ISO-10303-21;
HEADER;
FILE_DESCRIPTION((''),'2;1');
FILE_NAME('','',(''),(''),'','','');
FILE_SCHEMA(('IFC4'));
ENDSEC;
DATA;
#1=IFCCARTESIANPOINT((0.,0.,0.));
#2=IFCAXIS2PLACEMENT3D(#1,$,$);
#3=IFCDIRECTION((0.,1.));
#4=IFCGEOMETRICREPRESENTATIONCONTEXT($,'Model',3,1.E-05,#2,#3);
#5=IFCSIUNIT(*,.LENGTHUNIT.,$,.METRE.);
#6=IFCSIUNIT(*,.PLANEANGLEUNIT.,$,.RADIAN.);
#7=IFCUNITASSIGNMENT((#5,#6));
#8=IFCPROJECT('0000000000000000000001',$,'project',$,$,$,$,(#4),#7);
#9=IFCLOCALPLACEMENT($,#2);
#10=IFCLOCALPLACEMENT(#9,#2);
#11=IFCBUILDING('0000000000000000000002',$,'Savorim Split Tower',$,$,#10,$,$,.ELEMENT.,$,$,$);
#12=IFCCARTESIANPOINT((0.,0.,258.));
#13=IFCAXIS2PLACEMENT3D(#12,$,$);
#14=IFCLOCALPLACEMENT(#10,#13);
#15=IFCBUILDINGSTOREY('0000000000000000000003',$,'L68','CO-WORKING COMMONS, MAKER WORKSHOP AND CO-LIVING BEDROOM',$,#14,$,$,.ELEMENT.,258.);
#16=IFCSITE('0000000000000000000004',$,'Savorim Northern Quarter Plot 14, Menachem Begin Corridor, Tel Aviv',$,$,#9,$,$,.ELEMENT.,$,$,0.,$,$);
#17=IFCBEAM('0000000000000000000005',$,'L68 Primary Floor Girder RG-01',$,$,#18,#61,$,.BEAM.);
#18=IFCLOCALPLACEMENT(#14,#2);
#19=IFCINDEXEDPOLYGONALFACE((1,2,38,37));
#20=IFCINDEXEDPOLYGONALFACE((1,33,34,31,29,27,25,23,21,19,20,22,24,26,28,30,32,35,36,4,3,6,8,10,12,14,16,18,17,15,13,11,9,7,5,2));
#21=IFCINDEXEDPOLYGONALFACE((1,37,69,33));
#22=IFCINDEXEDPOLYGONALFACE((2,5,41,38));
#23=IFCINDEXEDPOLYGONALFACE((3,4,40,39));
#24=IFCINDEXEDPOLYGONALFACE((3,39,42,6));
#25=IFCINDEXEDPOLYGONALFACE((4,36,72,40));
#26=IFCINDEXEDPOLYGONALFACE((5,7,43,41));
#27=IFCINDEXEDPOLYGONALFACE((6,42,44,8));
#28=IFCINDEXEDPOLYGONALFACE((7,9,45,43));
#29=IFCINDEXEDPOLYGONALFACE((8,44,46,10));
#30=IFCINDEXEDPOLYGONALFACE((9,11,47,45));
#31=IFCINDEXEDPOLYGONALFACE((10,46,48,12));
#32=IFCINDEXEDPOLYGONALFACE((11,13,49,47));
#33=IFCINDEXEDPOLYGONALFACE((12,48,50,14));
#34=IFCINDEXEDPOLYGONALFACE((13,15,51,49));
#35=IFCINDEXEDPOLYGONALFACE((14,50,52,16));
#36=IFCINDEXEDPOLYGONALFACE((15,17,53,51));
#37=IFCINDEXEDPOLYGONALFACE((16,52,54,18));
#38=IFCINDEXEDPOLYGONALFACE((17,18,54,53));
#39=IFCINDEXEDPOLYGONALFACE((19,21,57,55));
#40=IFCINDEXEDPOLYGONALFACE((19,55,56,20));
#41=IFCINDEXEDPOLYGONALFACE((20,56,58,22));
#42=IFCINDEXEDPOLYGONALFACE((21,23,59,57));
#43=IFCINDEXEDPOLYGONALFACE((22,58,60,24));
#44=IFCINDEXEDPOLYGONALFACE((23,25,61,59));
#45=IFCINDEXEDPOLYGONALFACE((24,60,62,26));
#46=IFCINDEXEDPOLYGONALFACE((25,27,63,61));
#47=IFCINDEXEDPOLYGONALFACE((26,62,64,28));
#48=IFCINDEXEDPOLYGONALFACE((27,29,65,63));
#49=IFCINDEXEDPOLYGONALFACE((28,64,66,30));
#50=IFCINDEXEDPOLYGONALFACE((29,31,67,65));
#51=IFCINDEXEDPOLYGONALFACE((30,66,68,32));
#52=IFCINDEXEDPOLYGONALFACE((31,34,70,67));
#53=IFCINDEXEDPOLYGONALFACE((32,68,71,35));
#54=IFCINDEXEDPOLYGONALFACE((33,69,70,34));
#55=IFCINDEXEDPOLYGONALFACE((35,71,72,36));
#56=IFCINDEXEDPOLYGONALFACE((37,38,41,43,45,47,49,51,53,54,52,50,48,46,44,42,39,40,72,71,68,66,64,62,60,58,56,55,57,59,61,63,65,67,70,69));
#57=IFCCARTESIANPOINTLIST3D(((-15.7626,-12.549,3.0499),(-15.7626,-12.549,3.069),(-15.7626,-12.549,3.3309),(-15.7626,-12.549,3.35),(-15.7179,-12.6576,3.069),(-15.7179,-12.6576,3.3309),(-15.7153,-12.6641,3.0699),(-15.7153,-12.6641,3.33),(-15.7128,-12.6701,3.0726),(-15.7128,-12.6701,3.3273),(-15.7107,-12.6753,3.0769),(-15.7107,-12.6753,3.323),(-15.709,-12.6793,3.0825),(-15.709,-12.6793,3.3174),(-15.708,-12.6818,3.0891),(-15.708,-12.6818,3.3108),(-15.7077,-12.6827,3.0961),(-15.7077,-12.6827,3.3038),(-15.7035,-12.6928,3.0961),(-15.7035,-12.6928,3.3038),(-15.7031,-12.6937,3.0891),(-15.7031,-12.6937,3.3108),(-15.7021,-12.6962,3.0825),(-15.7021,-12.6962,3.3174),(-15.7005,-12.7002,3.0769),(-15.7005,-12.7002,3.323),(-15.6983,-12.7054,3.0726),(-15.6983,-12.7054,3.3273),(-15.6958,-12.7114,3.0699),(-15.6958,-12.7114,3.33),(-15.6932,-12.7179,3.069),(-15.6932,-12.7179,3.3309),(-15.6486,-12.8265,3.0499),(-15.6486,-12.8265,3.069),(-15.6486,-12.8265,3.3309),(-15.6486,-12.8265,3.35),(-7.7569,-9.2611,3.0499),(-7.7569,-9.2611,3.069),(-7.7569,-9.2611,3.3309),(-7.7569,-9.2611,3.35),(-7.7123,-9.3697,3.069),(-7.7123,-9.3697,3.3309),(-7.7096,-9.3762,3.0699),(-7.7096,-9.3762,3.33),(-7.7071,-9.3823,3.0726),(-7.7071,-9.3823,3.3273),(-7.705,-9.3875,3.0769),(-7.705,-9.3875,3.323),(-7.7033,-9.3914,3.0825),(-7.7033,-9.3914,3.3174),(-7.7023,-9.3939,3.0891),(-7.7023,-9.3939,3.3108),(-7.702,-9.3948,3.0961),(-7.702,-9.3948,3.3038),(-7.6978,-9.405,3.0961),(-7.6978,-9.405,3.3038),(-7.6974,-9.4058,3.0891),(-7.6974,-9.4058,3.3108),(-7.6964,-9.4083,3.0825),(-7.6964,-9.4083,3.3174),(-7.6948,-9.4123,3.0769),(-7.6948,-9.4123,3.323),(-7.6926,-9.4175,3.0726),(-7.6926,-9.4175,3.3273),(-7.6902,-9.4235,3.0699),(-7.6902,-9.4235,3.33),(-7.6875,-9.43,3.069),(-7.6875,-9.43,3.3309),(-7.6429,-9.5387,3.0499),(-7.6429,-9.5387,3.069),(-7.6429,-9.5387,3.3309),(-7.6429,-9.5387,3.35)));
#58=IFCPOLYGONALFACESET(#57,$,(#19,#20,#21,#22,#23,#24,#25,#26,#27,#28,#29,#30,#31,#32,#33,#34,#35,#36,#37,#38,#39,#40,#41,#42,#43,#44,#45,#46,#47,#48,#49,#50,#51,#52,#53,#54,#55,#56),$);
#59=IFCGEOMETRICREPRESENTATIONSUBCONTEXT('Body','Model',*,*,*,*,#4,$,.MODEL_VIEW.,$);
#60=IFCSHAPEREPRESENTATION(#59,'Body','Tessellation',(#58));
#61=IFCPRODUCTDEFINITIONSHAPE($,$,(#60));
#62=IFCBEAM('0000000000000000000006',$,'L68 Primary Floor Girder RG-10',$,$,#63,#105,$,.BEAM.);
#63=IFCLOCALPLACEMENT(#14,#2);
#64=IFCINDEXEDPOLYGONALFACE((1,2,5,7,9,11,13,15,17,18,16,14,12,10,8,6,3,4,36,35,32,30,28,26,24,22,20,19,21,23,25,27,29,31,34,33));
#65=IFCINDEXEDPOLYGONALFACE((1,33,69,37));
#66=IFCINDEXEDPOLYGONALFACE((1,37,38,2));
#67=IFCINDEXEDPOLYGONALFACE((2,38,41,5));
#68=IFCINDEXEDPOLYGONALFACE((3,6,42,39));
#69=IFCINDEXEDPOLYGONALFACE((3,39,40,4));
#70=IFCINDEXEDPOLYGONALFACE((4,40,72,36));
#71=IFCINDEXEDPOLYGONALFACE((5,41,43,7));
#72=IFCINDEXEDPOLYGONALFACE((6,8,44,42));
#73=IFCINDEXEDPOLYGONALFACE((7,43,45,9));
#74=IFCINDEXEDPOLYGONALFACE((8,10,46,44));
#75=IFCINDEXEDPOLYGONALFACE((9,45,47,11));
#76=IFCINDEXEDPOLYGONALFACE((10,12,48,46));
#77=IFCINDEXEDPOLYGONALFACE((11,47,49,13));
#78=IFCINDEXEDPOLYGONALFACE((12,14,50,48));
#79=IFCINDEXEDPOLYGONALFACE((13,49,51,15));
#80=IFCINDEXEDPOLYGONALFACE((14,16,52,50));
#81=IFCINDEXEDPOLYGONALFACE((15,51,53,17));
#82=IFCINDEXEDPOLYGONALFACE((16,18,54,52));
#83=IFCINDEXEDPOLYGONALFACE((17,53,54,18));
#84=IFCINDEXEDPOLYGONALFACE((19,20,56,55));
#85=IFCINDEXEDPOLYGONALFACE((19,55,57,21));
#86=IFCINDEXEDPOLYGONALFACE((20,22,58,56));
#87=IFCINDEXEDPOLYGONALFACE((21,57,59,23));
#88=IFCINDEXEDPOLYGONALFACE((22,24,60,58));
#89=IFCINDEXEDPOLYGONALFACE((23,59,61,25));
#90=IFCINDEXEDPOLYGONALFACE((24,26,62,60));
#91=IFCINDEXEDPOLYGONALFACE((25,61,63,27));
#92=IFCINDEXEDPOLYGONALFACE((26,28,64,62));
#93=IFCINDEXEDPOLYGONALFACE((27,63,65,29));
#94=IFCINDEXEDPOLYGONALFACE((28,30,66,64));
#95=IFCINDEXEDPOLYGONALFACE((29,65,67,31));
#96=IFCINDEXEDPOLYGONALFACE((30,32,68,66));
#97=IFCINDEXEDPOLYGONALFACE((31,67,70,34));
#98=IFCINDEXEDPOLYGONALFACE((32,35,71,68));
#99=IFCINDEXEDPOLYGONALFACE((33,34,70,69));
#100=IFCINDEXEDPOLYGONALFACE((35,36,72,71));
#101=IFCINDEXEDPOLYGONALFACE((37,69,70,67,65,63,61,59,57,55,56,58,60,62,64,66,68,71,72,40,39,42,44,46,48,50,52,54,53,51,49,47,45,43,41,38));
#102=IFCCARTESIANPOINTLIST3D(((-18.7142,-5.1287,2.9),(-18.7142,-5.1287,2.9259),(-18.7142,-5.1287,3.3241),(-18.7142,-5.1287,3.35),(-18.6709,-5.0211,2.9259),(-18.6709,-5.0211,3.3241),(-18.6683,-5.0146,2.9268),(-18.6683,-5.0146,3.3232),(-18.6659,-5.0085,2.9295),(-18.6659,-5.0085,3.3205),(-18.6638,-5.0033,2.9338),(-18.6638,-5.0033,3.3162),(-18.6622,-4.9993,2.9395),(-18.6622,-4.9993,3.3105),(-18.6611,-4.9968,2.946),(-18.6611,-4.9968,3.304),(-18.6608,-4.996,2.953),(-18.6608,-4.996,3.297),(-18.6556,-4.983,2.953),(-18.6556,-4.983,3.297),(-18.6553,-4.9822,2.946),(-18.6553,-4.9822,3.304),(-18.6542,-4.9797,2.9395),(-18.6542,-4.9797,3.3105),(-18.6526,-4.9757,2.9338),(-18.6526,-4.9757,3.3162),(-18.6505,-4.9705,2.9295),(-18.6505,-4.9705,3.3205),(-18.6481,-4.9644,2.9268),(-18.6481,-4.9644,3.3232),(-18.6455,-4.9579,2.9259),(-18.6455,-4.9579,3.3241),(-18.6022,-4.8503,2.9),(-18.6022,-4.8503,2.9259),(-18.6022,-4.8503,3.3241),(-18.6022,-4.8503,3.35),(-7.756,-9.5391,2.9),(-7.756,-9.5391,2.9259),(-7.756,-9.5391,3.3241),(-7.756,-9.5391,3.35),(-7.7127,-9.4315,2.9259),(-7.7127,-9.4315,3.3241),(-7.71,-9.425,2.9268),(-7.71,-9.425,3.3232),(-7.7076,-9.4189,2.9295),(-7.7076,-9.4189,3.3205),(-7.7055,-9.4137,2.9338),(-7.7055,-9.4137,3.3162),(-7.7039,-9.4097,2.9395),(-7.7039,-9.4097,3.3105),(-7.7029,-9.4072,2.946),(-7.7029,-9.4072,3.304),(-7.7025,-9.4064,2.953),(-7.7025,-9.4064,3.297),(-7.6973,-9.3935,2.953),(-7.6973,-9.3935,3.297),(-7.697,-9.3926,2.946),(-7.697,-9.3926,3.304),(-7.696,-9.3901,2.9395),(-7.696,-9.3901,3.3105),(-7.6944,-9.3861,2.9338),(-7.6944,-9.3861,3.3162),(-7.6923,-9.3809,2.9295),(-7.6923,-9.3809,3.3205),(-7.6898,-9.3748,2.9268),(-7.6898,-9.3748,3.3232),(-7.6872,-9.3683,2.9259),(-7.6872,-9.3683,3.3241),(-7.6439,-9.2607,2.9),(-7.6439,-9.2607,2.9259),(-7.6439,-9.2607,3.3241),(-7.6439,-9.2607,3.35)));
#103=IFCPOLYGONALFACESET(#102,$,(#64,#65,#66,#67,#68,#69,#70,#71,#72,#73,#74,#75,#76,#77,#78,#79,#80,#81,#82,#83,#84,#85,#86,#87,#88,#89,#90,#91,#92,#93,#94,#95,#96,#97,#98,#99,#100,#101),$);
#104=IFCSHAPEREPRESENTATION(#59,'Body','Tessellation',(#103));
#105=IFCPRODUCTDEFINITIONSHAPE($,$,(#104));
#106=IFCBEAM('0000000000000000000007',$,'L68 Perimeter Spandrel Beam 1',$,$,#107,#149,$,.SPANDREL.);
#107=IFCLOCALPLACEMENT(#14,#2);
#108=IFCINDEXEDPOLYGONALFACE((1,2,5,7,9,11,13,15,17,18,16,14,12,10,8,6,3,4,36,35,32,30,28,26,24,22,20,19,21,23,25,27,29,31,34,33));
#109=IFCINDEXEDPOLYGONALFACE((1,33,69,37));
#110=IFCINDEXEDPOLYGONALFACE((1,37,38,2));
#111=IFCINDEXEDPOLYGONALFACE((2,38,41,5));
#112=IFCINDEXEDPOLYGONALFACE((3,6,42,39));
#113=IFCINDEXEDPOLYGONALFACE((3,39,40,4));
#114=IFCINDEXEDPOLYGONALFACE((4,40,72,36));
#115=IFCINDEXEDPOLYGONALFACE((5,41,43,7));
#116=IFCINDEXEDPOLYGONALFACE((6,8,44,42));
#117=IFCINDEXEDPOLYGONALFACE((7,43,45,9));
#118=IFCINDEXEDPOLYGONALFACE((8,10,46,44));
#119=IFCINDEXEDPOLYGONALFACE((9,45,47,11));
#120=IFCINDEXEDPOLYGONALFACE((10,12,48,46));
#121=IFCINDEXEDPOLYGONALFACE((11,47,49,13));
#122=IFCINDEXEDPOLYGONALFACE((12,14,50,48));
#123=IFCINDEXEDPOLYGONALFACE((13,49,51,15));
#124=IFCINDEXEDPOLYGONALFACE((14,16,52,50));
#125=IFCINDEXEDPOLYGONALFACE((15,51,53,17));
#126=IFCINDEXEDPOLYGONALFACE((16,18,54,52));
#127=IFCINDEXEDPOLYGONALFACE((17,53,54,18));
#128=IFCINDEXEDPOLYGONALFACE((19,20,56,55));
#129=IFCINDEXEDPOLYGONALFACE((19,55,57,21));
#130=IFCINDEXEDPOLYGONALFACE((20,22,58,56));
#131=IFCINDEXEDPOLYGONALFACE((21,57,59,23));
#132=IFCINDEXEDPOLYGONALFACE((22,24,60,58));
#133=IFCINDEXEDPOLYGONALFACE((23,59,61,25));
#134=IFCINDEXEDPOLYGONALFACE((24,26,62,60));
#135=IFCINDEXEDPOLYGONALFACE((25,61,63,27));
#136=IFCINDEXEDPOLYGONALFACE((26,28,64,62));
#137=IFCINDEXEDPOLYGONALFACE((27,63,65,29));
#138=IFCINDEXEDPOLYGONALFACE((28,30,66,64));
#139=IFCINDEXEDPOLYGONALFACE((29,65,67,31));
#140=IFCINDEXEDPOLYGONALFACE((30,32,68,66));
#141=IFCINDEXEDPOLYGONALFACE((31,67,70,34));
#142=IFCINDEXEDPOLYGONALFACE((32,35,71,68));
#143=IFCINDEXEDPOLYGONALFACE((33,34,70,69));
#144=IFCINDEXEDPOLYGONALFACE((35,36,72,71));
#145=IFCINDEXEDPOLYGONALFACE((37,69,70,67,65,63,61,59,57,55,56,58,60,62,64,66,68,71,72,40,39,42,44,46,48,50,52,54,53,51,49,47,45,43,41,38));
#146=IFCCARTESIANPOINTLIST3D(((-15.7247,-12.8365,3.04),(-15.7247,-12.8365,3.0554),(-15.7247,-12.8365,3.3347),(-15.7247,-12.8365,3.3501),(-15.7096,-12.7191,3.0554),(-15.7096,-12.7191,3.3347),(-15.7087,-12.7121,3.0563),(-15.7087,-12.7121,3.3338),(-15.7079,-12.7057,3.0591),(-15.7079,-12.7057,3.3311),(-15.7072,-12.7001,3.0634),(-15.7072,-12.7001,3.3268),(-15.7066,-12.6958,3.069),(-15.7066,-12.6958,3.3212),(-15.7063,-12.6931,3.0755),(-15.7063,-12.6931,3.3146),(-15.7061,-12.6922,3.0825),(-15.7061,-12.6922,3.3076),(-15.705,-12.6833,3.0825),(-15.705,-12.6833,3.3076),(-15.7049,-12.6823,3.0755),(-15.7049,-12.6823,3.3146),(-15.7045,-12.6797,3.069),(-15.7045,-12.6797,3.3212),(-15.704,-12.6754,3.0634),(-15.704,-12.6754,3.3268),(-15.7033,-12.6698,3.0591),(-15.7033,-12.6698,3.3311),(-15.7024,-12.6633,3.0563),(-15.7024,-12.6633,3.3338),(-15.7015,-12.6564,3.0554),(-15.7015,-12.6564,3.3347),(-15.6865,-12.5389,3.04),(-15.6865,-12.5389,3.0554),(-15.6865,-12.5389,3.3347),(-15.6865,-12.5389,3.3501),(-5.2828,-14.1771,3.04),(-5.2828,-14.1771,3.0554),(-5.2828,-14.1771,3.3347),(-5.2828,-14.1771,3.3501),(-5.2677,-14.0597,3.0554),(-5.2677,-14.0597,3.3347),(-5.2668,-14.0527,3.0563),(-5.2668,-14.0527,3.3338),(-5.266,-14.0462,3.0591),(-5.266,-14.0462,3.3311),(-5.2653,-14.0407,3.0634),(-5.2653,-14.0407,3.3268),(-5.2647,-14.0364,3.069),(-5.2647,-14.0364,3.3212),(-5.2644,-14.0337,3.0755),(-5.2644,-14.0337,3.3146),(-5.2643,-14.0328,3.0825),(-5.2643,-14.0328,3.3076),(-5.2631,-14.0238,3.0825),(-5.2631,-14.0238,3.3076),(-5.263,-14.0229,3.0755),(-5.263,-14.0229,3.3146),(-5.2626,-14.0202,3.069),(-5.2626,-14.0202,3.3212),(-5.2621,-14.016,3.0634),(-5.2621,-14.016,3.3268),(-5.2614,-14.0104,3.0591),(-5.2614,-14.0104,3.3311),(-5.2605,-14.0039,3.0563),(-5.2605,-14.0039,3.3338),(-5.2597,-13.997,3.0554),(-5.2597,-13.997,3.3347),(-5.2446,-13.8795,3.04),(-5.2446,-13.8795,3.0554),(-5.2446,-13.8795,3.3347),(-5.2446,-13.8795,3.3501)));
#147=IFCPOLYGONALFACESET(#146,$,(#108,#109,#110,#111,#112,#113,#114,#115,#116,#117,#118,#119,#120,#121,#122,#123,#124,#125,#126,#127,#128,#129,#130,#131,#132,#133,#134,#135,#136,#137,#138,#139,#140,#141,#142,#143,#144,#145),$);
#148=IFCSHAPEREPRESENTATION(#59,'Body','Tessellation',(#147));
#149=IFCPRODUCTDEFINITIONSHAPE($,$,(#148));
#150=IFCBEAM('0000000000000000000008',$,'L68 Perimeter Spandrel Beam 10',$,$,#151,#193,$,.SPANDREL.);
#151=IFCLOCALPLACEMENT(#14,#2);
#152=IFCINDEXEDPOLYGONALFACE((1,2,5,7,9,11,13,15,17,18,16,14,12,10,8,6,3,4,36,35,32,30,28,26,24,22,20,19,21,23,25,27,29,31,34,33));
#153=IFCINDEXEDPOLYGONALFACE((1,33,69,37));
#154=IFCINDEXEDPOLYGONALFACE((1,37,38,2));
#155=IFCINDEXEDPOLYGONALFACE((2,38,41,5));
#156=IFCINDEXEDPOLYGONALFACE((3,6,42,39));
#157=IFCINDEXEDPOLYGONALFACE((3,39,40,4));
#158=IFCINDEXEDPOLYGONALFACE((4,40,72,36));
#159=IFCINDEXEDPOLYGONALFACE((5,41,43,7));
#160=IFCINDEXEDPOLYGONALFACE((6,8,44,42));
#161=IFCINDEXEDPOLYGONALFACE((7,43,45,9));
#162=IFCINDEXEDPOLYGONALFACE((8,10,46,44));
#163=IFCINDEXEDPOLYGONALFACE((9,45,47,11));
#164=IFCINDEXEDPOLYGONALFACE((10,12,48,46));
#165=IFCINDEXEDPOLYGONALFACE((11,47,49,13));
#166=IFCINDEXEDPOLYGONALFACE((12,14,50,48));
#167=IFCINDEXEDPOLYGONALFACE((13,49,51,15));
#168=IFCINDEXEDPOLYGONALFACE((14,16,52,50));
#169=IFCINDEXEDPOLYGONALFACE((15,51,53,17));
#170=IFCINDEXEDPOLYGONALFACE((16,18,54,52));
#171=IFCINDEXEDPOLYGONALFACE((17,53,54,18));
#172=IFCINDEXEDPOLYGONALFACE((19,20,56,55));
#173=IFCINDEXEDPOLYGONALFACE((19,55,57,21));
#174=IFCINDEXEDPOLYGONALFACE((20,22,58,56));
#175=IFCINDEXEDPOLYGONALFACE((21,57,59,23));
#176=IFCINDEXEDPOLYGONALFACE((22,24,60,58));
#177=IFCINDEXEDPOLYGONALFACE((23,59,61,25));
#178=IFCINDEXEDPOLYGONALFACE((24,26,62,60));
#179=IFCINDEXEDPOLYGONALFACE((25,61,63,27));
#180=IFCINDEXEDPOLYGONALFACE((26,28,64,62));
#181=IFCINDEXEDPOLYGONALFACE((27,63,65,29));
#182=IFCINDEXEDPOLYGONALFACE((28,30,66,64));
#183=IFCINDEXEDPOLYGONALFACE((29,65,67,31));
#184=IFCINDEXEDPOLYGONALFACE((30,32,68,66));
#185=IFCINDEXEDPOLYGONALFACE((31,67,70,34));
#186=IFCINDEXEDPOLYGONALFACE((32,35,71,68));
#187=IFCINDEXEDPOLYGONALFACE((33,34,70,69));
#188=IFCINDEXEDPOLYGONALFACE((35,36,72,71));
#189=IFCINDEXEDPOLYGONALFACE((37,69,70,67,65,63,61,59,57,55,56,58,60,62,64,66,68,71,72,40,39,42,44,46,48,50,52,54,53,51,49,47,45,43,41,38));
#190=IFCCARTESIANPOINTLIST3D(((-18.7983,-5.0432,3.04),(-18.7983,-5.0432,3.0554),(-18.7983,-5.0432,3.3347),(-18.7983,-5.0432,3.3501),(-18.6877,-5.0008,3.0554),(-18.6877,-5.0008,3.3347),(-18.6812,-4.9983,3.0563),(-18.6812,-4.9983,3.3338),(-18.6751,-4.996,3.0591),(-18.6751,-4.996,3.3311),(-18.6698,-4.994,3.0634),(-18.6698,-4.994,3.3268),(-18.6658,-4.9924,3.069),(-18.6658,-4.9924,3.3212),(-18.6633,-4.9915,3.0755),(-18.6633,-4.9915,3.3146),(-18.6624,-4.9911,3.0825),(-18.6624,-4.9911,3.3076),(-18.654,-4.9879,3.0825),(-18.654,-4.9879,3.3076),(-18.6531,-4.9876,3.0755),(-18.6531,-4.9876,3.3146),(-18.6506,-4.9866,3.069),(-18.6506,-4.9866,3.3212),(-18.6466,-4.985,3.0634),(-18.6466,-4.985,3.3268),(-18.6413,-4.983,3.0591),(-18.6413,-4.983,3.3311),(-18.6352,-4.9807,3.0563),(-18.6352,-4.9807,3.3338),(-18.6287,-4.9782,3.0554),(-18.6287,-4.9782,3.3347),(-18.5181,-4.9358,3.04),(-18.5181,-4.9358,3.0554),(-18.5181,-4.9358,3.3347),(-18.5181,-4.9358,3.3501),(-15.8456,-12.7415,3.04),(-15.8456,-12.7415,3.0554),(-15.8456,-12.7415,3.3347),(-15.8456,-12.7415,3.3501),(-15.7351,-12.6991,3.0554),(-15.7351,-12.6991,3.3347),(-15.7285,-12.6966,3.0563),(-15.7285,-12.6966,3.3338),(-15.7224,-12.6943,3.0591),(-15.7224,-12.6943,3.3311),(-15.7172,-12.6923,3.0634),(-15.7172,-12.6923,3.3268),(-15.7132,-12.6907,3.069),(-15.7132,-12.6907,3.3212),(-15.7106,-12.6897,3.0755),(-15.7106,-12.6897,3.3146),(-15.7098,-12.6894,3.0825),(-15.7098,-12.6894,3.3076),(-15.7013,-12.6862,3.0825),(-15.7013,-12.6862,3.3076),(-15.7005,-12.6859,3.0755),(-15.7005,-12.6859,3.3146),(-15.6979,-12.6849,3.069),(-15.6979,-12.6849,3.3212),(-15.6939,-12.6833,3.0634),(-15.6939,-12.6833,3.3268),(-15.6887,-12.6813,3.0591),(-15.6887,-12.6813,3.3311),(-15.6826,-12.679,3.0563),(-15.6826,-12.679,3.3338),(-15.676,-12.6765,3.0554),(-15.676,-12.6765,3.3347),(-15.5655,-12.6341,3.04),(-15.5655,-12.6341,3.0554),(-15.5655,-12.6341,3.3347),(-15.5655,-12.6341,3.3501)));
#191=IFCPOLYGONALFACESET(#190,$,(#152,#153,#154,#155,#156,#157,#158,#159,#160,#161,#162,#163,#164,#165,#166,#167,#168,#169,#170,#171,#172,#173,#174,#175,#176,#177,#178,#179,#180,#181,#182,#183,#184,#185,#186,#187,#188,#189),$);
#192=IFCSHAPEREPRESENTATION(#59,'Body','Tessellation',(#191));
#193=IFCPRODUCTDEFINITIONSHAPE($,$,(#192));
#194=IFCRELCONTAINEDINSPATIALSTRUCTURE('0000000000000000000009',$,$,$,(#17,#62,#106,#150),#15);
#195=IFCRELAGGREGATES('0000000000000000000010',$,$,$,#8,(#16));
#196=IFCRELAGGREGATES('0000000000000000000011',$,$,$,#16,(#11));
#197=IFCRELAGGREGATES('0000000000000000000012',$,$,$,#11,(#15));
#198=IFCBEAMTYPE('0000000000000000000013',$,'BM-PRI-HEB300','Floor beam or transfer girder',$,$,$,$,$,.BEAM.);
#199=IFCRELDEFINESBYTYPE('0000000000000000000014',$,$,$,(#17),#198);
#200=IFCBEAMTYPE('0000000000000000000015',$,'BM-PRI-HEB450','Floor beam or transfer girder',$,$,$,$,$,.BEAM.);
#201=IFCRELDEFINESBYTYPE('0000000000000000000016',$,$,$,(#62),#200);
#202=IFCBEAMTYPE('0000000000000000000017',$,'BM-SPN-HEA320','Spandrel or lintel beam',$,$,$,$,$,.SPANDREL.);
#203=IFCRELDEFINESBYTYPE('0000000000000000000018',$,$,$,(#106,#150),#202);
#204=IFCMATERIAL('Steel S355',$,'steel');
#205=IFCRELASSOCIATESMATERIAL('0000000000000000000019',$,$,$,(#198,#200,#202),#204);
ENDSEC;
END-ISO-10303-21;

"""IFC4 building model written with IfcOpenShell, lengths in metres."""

from ifc_helpers import new_model, si_unit, direction, frame, origin, origin_2d, place, context, subcontext, project, spatial, i_section, extrude, material, material_profile, profile_set, type_object, element, save


model = new_model("IFC4")

# Units and contexts
model_context = context("Model", 3, precision=1e-05, world=origin(), true_north=direction((0.0, 1.0)))
body_context = subcontext(model_context, "Body", "Model", "MODEL_VIEW")
ifc_project = project(units=[si_unit("LENGTHUNIT", "METRE"), si_unit("PLANEANGLEUNIT", "RADIAN")], contexts=[model_context])

# Site, building, storey
site_placement = place(None, origin())
site = spatial("IfcSite", under=ifc_project, at=site_placement, Name="Savorim Northern Quarter Plot 14, Menachem Begin Corridor, Tel Aviv", CompositionType="ELEMENT", RefElevation=0.0)
building_placement = place(site_placement, origin())
building = spatial("IfcBuilding", under=site, at=building_placement, Name="Savorim Split Tower", CompositionType="ELEMENT")
storey_placement = place(building_placement, frame((0.0, 0.0, 258.0)))
storey = spatial("IfcBuildingStorey", under=building, at=storey_placement, Name="L68", Description="CO-WORKING COMMONS, MAKER WORKSHOP AND CO-LIVING BEDROOM", CompositionType="ELEMENT", Elevation=258.0)

# Shared definitions
ifc_material_1 = material(Name="Steel S355", Category="steel")

# Beams
ifc_material_profile_1 = material_profile(ifc_material_1, i_section(OverallWidth=0.3, OverallDepth=0.3, WebThickness=0.011, FlangeThickness=0.019, FilletRadius=0.0271, at=origin_2d()), Name="HEB 300")
ifc_profile_set_1 = profile_set([ifc_material_profile_1], Name="Steel S355")
beam_type_1 = type_object("IfcBeamType", Name="BM-PRI-HEB300", Description="Floor beam or transfer girder", PredefinedType="BEAM", material=ifc_profile_set_1)
beam_1_placement = place(storey_placement, frame((-15.7056, -12.6877, 3.2), z_axis=(0.925027, 0.379901, 0.0), x_axis=(-0.379901, 0.925027, 0.0)))
element("IfcBeam", 1, at=beam_1_placement, inside=storey, type_object=beam_type_1, Name="L68 Primary Floor Girder RG-01", PredefinedType="BEAM", context=body_context, shape_type="SweptSolid", body=[
    extrude(i_section(OverallWidth=0.3, OverallDepth=0.3, WebThickness=0.011, FlangeThickness=0.019, FilletRadius=0.0271, at=origin_2d()), origin(), (0.0, 0.0, 1.0), 8.6545),
])
ifc_material_profile_2 = material_profile(ifc_material_1, i_section(OverallWidth=0.3, OverallDepth=0.45, WebThickness=0.0139, FlangeThickness=0.0259, FilletRadius=0.0271, at=origin_2d()), Name="HEB 450")
ifc_profile_set_2 = profile_set([ifc_material_profile_2], Name="Steel S355")
beam_type_2 = type_object("IfcBeamType", Name="BM-PRI-HEB450", Description="Floor beam or transfer girder", PredefinedType="BEAM", material=ifc_profile_set_2)
beam_2_placement = place(storey_placement, frame((-18.6582, -4.9895, 3.125), z_axis=(0.927683, -0.373368, 0.0), x_axis=(0.373368, 0.927683, 0.0)))
element("IfcBeam", 2, at=beam_2_placement, inside=storey, type_object=beam_type_2, Name="L68 Primary Floor Girder RG-10", PredefinedType="BEAM", context=body_context, shape_type="SweptSolid", body=[
    extrude(i_section(OverallWidth=0.3, OverallDepth=0.45, WebThickness=0.0139, FlangeThickness=0.0259, FilletRadius=0.0271, at=origin_2d()), origin(), (0.0, 0.0, 1.0), 11.8125),
])
ifc_material_profile_3 = material_profile(ifc_material_1, i_section(OverallWidth=0.3, OverallDepth=0.3101, WebThickness=0.009, FlangeThickness=0.0154, FilletRadius=0.0271, at=origin_2d()), Name="HEA 320")
ifc_profile_set_3 = profile_set([ifc_material_profile_3], Name="Steel S355")
beam_type_3 = type_object("IfcBeamType", Name="BM-SPN-HEA320", Description="Spandrel or lintel beam", PredefinedType="SPANDREL", material=ifc_profile_set_3)
beam_3_placement = place(storey_placement, frame((-15.7056, -12.6877, 3.1951), z_axis=(0.991859, -0.127339, 0.0), x_axis=(0.127339, 0.991859, 0.0)))
element("IfcBeam", 3, at=beam_3_placement, inside=storey, type_object=beam_type_3, Name="L68 Perimeter Spandrel Beam 1", PredefinedType="SPANDREL", context=body_context, shape_type="SweptSolid", body=[
    extrude(i_section(OverallWidth=0.3, OverallDepth=0.3101, WebThickness=0.009, FlangeThickness=0.0154, FilletRadius=0.0271, at=origin_2d()), origin(), (0.0, 0.0, 1.0), 10.5276),
])
beam_4_placement = place(storey_placement, frame((-18.6582, -4.9895, 3.1951), z_axis=(0.35811, -0.933679, 0.0), x_axis=(0.933679, 0.35811, 0.0)))
element("IfcBeam", 4, at=beam_4_placement, inside=storey, type_object=beam_type_3, Name="L68 Perimeter Spandrel Beam 10", PredefinedType="SPANDREL", context=body_context, shape_type="SweptSolid", body=[
    extrude(i_section(OverallWidth=0.3, OverallDepth=0.3101, WebThickness=0.009, FlangeThickness=0.0154, FilletRadius=0.0271, at=origin_2d()), origin(), (0.0, 0.0, 1.0), 8.2451),
])

save(model, "model.ifc")
